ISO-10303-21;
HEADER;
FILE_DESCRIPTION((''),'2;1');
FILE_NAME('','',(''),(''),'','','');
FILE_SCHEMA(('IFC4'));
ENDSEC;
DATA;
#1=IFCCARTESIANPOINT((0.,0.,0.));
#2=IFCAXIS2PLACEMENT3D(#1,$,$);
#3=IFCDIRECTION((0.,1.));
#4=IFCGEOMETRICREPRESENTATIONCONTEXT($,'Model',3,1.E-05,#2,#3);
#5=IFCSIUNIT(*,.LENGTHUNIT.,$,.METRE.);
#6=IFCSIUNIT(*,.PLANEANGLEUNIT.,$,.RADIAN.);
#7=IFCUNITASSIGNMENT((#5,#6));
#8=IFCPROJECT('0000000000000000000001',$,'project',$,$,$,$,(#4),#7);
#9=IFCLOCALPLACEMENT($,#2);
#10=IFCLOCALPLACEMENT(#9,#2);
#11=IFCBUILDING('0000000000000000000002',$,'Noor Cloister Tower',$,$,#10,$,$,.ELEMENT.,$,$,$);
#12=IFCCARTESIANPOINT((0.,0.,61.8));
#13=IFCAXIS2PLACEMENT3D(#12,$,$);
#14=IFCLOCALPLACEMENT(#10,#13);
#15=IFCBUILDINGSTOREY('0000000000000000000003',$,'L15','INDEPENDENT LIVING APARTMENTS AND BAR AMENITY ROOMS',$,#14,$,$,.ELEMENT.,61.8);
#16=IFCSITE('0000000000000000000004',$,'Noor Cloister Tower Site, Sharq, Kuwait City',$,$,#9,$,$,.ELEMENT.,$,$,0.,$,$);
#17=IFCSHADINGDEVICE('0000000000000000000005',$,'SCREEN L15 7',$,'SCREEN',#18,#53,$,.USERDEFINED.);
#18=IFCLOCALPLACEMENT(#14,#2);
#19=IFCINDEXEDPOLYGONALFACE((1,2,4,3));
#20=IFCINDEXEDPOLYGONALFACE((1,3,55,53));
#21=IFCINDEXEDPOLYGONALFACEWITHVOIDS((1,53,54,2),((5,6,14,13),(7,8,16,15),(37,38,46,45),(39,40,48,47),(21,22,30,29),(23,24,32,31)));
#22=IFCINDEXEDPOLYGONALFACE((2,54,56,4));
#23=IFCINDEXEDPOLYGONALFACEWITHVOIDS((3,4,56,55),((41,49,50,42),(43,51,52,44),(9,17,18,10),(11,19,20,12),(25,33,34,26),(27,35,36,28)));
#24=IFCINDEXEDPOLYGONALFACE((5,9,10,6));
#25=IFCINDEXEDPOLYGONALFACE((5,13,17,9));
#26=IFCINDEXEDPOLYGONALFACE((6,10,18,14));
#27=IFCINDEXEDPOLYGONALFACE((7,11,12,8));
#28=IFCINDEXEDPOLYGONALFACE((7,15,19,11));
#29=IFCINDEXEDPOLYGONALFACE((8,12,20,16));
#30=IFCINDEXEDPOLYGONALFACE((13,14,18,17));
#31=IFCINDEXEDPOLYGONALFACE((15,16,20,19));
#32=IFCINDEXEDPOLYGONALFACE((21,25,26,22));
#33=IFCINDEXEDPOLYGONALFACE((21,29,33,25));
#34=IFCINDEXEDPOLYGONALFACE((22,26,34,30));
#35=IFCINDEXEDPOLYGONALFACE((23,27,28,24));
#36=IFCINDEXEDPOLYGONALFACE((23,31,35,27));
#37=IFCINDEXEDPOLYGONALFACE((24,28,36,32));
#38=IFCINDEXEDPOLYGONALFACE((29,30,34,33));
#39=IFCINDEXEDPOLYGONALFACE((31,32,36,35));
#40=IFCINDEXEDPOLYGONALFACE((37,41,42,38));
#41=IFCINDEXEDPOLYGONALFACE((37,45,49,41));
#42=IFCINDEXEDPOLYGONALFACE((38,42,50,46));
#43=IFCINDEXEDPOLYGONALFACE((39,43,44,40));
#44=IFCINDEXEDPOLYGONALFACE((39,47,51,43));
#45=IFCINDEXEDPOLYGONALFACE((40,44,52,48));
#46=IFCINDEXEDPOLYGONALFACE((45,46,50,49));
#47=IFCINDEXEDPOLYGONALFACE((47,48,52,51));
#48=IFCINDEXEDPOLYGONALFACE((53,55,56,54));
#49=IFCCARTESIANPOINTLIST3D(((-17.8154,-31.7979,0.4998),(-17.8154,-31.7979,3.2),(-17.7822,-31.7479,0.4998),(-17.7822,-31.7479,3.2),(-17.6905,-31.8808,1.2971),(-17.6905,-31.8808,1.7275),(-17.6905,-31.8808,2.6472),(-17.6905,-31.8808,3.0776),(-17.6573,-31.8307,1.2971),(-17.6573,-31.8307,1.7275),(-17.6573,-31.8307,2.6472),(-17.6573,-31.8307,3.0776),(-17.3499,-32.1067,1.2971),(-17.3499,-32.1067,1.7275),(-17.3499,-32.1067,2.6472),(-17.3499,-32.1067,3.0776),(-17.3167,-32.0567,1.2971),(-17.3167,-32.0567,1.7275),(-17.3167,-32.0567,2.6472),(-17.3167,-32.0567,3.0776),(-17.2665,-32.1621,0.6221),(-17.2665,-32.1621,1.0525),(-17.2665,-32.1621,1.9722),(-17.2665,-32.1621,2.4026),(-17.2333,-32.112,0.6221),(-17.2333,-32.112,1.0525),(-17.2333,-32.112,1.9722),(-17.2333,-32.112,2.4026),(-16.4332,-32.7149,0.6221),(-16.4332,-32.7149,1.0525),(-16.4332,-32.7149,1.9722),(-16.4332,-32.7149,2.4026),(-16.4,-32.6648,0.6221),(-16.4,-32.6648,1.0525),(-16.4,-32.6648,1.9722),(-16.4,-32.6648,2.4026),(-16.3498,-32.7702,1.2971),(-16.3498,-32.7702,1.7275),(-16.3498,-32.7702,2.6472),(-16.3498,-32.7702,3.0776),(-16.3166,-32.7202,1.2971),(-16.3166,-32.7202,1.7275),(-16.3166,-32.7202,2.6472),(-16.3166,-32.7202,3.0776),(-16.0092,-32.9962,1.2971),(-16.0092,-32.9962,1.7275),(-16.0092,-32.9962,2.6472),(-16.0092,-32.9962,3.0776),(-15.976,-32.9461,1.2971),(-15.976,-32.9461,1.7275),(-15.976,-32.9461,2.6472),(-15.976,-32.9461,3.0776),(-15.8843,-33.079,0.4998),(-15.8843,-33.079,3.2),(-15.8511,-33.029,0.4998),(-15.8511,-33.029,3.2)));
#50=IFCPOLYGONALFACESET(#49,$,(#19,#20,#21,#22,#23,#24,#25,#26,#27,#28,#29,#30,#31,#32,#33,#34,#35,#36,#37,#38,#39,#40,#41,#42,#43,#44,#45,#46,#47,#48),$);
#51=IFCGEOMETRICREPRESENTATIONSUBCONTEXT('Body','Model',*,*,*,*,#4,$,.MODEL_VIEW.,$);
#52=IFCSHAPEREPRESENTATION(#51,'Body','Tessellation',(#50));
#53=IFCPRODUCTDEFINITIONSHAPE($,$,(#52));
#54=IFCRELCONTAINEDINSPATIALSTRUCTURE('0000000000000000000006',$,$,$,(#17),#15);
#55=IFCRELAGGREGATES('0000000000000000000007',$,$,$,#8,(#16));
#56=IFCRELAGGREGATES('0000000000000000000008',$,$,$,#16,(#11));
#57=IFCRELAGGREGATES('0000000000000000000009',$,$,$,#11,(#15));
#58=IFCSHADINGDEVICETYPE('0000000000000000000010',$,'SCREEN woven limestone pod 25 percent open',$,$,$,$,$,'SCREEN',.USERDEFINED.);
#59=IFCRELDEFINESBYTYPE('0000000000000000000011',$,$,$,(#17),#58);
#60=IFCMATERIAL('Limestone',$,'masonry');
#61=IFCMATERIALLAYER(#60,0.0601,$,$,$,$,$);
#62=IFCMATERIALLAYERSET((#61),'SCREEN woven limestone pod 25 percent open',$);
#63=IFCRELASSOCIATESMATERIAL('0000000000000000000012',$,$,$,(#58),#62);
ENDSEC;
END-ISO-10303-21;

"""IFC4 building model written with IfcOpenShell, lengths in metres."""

from ifc_helpers import new_model, si_unit, direction, frame, origin, place, context, subcontext, project, spatial, polyline, outline, extrude, material, layer, layer_set, type_object, element, save


model = new_model("IFC4")

# Units and contexts
model_context = context("Model", 3, precision=1e-05, world=origin(), true_north=direction((0.0, 1.0)))
body_context = subcontext(model_context, "Body", "Model", "MODEL_VIEW")
ifc_project = project(units=[si_unit("LENGTHUNIT", "METRE"), si_unit("PLANEANGLEUNIT", "RADIAN")], contexts=[model_context])

# Site, building, storey
site_placement = place(None, origin())
site = spatial("IfcSite", under=ifc_project, at=site_placement, Name="Noor Cloister Tower Site, Sharq, Kuwait City", CompositionType="ELEMENT", RefElevation=0.0)
building_placement = place(site_placement, origin())
building = spatial("IfcBuilding", under=site, at=building_placement, Name="Noor Cloister Tower", CompositionType="ELEMENT")
storey_placement = place(building_placement, frame((0.0, 0.0, 61.8)))
storey = spatial("IfcBuildingStorey", under=building, at=storey_placement, Name="L15", Description="INDEPENDENT LIVING APARTMENTS AND BAR AMENITY ROOMS", CompositionType="ELEMENT", Elevation=61.8)

# Shading device
ifc_material_1 = material(Name="Limestone", Category="masonry")
ifc_layer_1 = layer(ifc_material_1, 0.0601)
ifc_layer_set_1 = layer_set([ifc_layer_1], Name="SCREEN woven limestone pod 25 percent open")
shading_device_type = type_object("IfcShadingDeviceType", Name="SCREEN woven limestone pod 25 percent open", ElementType="SCREEN", PredefinedType="USERDEFINED", material=ifc_layer_set_1)
shading_device_1_placement = place(storey_placement, frame((-16.8167, -32.3884, 1.8499), z_axis=(-0.552823, -0.833299, 0.0), x_axis=(0.833299, -0.552823, 0.0)))
element("IfcShadingDevice", 1, at=shading_device_1_placement, inside=storey, type_object=shading_device_type, Name="SCREEN L15 7", ObjectType="SCREEN", PredefinedType="USERDEFINED", context=body_context, shape_type="SweptSolid", body=[
    extrude(outline(polyline([(-1.1587, -1.3501), (1.1587, -1.3501), (1.1587, 1.3501), (-1.1587, 1.3501), (-1.1587, -1.3501)]), holes=[polyline([(-0.5, -1.2278), (0.5, -1.2278), (0.5, -0.7974), (-0.5, -0.7974), (-0.5, -1.2278)]), polyline([(0.6001, -0.5527), (1.0088, -0.5527), (1.0088, -0.1223), (0.6001, -0.1223), (0.6001, -0.5527)]), polyline([(-1.0088, -0.5527), (-0.6001, -0.5527), (-0.6001, -0.1223), (-1.0088, -0.1223), (-1.0088, -0.5527)]), polyline([(-0.5, 0.1223), (0.5, 0.1223), (0.5, 0.5527), (-0.5, 0.5527), (-0.5, 0.1223)]), polyline([(0.6001, 0.7974), (1.0088, 0.7974), (1.0088, 1.2278), (0.6001, 1.2278), (0.6001, 0.7974)]), polyline([(-1.0088, 0.7974), (-0.6001, 0.7974), (-0.6001, 1.2278), (-1.0088, 1.2278), (-1.0088, 0.7974)])]), origin(), (0.0, 0.0, 1.0), 0.0601),
])

save(model, "model.ifc")
